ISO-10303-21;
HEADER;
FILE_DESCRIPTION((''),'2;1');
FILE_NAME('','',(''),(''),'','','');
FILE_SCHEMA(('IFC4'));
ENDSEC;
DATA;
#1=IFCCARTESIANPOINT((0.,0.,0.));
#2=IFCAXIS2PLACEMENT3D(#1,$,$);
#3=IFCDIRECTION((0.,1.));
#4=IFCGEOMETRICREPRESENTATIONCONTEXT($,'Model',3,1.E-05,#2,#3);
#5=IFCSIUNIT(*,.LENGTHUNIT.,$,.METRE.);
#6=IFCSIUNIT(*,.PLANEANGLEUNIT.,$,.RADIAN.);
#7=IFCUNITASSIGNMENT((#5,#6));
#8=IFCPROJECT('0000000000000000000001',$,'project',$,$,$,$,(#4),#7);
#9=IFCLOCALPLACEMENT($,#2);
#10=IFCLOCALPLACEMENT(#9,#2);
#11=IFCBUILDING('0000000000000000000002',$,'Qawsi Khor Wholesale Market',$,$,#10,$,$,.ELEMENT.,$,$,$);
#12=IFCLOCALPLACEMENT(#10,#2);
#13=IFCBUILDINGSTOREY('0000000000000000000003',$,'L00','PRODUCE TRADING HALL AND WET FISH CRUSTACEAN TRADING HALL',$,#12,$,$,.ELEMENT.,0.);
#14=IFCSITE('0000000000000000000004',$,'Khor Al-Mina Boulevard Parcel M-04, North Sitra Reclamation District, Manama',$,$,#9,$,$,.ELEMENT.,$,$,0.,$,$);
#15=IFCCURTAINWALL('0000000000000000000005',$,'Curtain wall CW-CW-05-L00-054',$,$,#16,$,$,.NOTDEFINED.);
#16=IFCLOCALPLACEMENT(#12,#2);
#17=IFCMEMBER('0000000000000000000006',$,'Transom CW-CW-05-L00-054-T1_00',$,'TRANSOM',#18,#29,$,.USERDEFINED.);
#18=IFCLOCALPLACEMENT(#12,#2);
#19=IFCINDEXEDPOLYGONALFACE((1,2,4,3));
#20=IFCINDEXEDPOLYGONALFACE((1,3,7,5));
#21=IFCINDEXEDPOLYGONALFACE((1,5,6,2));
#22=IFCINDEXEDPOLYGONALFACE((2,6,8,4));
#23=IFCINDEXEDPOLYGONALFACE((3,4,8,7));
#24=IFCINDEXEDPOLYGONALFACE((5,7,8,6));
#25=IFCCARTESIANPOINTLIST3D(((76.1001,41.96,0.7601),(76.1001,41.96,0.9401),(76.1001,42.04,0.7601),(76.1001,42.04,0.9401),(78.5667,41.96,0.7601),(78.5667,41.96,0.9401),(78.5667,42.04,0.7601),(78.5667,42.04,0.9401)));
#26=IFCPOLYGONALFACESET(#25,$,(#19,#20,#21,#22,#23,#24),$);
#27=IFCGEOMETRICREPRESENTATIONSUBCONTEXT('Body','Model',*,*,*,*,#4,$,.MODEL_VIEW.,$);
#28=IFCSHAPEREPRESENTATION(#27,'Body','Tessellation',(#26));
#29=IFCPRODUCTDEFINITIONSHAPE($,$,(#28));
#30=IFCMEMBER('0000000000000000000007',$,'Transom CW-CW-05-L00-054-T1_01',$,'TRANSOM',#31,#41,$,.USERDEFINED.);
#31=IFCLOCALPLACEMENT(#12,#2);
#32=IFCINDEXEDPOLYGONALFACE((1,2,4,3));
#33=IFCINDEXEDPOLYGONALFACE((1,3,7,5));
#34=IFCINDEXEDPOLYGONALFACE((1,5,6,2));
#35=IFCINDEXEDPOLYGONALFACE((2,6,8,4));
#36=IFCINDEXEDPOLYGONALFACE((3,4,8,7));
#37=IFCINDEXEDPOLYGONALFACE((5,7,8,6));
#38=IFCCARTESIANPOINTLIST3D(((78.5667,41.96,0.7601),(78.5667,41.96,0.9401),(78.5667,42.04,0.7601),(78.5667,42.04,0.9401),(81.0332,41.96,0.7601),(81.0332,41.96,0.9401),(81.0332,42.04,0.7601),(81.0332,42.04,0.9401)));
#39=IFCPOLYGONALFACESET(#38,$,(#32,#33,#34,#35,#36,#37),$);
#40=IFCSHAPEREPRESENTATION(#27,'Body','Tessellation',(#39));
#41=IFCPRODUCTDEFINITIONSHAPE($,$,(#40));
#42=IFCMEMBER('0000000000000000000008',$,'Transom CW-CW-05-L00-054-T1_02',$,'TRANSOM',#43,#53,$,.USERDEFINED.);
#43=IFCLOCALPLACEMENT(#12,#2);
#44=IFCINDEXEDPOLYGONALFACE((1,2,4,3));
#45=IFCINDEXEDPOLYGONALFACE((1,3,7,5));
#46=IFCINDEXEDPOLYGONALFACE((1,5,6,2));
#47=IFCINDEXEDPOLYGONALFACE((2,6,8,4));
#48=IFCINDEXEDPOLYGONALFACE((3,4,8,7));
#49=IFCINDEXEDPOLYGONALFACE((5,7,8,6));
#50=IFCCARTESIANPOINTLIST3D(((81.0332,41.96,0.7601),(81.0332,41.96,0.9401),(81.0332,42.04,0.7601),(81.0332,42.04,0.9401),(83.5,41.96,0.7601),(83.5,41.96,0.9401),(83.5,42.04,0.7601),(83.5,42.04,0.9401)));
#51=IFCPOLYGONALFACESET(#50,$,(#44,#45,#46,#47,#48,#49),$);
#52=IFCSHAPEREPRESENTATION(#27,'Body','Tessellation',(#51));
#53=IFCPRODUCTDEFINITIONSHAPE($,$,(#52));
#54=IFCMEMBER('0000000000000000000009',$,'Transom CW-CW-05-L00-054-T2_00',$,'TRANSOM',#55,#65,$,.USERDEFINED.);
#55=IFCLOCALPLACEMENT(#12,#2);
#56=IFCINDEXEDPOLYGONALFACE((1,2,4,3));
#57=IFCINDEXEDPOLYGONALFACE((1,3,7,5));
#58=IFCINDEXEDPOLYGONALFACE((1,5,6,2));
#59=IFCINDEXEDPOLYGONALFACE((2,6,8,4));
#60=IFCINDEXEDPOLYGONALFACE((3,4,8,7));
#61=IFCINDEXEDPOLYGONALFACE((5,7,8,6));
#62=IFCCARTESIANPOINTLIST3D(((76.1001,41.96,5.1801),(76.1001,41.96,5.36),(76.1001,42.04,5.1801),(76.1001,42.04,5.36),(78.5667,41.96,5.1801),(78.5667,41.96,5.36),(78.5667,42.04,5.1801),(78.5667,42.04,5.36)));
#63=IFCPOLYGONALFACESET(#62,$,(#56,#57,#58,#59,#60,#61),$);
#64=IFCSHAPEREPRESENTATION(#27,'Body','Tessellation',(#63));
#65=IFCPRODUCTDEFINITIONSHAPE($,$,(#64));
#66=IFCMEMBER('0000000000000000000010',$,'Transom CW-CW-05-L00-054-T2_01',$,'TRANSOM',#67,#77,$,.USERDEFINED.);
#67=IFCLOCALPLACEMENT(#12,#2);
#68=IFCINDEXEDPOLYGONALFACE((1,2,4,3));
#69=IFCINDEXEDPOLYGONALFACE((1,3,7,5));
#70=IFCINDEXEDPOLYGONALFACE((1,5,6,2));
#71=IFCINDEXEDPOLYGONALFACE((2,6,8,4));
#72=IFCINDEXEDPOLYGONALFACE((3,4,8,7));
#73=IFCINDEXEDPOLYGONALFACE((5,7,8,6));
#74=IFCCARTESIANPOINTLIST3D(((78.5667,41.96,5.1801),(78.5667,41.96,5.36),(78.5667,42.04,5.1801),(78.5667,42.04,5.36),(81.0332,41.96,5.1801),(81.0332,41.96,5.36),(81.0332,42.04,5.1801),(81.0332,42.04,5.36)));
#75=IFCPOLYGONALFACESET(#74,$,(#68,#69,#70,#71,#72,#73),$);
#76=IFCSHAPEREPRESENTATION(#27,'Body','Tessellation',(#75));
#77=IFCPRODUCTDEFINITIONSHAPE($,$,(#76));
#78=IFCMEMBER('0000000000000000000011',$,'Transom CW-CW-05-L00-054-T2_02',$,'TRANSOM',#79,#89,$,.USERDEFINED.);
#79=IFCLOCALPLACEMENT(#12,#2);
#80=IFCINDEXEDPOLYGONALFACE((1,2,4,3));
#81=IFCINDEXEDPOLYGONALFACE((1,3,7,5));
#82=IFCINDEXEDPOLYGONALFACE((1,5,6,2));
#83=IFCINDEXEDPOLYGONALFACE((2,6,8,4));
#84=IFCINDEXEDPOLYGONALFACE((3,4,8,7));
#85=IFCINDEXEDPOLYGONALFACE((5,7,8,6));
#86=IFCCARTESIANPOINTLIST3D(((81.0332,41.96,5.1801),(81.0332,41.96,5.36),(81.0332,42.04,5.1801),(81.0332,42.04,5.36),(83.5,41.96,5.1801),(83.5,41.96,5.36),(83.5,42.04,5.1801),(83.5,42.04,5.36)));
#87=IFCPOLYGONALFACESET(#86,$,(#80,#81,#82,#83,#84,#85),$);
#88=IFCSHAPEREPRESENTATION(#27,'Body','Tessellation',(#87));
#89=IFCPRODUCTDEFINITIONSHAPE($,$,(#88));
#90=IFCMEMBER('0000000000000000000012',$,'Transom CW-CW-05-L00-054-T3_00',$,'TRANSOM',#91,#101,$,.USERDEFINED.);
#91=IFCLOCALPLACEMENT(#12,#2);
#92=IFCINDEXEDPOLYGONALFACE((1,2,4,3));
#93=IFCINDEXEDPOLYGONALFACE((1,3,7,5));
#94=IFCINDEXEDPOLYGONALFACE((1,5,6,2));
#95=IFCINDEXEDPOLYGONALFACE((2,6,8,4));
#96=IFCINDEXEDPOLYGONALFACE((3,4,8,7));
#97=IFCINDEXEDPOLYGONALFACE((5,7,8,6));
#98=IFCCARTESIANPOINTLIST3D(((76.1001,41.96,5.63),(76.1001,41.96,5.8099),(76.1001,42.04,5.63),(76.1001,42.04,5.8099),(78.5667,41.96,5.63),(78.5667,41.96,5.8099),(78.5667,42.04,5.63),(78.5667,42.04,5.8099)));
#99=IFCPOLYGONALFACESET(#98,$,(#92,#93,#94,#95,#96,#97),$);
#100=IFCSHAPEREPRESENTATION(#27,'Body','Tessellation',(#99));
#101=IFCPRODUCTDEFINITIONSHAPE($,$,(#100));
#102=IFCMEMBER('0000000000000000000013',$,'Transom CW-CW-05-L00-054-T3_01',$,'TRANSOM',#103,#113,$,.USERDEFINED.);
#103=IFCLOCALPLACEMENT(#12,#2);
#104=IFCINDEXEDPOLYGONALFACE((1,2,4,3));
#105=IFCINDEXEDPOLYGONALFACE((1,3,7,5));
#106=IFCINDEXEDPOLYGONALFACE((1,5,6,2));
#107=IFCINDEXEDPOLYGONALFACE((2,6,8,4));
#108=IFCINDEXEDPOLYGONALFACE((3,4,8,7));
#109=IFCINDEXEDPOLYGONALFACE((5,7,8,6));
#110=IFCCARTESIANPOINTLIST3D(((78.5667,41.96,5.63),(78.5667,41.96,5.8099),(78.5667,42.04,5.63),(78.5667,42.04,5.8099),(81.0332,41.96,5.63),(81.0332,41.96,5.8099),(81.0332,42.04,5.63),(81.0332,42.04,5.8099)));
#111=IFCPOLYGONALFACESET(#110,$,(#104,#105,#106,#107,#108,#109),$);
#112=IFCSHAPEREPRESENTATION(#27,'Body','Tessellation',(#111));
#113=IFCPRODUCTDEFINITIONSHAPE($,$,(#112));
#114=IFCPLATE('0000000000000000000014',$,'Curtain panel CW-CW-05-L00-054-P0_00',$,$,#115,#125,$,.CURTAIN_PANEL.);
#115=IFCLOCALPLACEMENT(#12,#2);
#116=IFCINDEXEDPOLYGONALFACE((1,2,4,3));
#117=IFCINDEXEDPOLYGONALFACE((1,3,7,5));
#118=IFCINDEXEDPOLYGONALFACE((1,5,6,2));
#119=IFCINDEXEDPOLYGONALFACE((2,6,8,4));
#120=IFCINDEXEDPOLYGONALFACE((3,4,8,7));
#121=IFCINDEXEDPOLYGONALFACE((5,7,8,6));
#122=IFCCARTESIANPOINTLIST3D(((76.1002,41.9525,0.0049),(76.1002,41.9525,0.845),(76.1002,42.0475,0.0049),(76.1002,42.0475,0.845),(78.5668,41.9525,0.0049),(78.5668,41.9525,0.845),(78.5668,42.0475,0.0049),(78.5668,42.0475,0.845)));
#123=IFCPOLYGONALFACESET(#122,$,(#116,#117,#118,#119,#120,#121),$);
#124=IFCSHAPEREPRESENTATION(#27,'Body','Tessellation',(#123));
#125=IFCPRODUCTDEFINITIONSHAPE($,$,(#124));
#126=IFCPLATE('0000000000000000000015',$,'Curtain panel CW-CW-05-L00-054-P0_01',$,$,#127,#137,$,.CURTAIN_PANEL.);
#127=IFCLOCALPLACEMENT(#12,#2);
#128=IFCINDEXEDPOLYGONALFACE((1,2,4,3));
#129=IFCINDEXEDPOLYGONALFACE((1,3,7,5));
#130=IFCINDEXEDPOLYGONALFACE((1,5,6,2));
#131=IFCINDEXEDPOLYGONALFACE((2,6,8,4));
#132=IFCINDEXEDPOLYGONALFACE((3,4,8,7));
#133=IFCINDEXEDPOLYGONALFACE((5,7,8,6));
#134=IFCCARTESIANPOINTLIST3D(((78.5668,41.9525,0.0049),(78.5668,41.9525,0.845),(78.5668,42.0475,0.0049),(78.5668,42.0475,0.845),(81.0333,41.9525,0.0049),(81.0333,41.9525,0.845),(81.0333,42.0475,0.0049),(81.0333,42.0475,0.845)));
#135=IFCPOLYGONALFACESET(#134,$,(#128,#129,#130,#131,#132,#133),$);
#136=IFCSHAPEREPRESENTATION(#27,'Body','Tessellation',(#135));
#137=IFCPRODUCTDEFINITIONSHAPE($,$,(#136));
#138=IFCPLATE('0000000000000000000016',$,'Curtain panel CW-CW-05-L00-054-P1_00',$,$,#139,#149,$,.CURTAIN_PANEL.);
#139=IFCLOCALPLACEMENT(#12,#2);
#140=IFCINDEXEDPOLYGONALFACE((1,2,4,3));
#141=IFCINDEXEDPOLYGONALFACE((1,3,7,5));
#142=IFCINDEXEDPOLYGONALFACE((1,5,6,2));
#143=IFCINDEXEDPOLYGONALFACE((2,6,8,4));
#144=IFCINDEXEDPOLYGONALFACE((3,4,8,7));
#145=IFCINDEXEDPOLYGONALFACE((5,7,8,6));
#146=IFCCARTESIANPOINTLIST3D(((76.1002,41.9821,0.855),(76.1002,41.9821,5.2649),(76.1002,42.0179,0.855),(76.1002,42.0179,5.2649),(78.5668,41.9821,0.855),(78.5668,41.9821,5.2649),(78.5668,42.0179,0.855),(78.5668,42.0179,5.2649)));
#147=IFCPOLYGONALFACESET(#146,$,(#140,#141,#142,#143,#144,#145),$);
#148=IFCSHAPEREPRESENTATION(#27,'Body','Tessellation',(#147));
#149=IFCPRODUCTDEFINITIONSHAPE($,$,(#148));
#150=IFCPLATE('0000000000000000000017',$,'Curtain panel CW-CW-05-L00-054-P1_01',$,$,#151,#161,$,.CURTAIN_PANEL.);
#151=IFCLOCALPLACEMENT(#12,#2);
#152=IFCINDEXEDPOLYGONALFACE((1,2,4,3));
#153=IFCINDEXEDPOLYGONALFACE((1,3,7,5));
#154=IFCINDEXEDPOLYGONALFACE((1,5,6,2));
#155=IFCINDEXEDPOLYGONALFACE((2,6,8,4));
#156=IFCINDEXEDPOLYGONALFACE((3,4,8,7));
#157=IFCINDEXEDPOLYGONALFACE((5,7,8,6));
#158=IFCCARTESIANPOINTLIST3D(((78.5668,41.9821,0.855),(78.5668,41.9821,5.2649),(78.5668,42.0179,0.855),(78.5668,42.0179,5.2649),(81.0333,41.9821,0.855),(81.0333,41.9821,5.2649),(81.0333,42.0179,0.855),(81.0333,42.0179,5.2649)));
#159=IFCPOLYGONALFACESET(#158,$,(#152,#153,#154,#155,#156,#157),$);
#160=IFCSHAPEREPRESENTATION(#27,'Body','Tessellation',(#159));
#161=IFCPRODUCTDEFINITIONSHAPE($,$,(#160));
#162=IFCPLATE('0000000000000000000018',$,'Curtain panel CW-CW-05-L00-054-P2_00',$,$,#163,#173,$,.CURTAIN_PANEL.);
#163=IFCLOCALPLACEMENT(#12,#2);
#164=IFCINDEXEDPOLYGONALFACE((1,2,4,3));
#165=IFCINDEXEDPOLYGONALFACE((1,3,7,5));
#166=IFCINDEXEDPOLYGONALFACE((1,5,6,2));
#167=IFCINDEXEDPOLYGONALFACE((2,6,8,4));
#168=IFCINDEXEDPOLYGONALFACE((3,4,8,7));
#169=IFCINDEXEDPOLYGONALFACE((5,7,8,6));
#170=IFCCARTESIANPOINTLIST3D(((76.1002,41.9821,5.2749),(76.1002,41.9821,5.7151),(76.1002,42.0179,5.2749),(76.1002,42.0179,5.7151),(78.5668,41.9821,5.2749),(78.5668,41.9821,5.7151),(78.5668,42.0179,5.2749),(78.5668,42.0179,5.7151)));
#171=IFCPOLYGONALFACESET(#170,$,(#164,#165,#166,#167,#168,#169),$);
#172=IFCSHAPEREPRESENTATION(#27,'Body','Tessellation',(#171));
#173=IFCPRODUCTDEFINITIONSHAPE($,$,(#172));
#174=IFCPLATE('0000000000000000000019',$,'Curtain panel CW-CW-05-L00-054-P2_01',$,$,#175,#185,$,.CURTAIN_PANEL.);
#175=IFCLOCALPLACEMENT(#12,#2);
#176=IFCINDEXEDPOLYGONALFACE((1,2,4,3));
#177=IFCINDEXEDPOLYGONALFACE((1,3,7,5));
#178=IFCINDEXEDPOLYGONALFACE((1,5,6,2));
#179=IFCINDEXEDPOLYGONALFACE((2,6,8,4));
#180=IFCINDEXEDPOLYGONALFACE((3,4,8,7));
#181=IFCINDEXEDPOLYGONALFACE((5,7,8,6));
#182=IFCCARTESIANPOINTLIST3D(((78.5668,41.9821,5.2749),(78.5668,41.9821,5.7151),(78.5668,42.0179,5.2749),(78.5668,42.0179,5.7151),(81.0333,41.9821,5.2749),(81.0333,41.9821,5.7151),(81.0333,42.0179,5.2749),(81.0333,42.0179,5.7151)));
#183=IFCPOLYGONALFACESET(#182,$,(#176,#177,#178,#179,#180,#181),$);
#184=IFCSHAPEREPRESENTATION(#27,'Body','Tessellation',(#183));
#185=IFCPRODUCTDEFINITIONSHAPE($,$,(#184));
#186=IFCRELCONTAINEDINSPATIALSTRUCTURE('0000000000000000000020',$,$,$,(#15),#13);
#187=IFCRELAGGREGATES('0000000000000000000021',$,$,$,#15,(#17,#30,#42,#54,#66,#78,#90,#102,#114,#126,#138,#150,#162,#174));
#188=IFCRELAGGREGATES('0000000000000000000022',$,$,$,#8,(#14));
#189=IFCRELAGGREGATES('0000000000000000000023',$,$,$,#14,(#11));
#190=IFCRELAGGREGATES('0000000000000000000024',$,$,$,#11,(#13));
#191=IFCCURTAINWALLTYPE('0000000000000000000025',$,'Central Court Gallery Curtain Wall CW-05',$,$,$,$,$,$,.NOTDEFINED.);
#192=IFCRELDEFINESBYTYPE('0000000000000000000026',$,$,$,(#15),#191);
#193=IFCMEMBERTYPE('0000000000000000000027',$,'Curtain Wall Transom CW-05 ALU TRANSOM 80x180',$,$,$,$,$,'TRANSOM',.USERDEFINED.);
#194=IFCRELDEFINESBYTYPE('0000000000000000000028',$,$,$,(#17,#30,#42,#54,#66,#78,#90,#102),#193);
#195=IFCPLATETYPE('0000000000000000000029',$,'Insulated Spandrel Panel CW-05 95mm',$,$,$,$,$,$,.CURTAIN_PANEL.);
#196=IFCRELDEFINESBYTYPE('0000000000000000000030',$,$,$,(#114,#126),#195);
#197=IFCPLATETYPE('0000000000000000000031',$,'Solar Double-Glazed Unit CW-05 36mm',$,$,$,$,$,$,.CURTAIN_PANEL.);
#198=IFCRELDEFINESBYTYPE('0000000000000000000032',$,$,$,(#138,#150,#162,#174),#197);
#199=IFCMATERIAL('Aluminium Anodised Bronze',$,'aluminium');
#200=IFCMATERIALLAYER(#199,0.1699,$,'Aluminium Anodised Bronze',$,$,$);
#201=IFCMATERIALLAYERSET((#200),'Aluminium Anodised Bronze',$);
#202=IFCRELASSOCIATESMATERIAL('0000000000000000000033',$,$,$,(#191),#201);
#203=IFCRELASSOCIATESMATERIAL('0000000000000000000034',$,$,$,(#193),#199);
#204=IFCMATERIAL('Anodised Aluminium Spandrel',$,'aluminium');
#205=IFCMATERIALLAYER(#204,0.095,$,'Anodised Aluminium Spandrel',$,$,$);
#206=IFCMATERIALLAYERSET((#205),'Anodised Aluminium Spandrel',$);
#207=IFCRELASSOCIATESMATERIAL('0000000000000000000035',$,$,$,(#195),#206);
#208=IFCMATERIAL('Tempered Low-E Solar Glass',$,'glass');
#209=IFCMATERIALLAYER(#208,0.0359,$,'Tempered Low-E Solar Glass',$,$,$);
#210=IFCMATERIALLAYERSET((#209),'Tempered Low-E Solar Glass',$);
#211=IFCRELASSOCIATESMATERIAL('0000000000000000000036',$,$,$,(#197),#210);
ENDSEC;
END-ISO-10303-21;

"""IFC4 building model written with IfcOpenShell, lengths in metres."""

from ifc_helpers import new_model, si_unit, direction, frame, frame_2d, origin, origin_2d, place, context, subcontext, project, spatial, rectangle, extrude, material, layer, layer_set, material_profile, profile_set, type_object, element, aggregate, save


model = new_model("IFC4")

# Units and contexts
model_context = context("Model", 3, precision=1e-05, world=origin(), true_north=direction((0.0, 1.0)))
body_context = subcontext(model_context, "Body", "Model", "MODEL_VIEW")
ifc_project = project(units=[si_unit("LENGTHUNIT", "METRE"), si_unit("PLANEANGLEUNIT", "RADIAN")], contexts=[model_context])

# Site, building, storey
site_placement = place(None, origin())
site = spatial("IfcSite", under=ifc_project, at=site_placement, Name="Khor Al-Mina Boulevard Parcel M-04, North Sitra Reclamation District, Manama", CompositionType="ELEMENT", RefElevation=0.0)
building_placement = place(site_placement, origin())
building = spatial("IfcBuilding", under=site, at=building_placement, Name="Qawsi Khor Wholesale Market", CompositionType="ELEMENT")
storey_placement = place(building_placement, origin())
storey = spatial("IfcBuildingStorey", under=building, at=storey_placement, Name="L00", Description="PRODUCE TRADING HALL AND WET FISH CRUSTACEAN TRADING HALL", CompositionType="ELEMENT", Elevation=0.0)

# Curtain wall, members, plates
ifc_material_1 = material(Name="Aluminium Anodised Bronze", Category="aluminium")
ifc_layer_1 = layer(ifc_material_1, 0.1699, Name="Aluminium Anodised Bronze")
ifc_layer_set_1 = layer_set([ifc_layer_1], Name="Aluminium Anodised Bronze")
curtain_wall_type = type_object("IfcCurtainWallType", Name="Central Court Gallery Curtain Wall CW-05", PredefinedType="NOTDEFINED", material=ifc_layer_set_1)
curtain_wall_placement = place(storey_placement, origin())
curtain_wall = element("IfcCurtainWall", 1, at=curtain_wall_placement, inside=storey, type_object=curtain_wall_type, Name="Curtain wall CW-CW-05-L00-054", PredefinedType="NOTDEFINED")
ifc_material_profile_1 = material_profile(ifc_material_1, rectangle(XDim=0.0801, YDim=0.1799, at=origin_2d()), Name="ALU TRANSOM 80x180")
ifc_profile_set_1 = profile_set([ifc_material_profile_1], Name="Aluminium Anodised Bronze")
member_type_1 = type_object("IfcMemberType", Name="Curtain Wall Transom CW-05 ALU TRANSOM 80x180", ElementType="TRANSOM", PredefinedType="USERDEFINED", material=ifc_profile_set_1)
member_1_placement = place(storey_placement, frame((76.1001, 42.0, 0.8501), z_axis=(1.0, 0.0, 0.0), x_axis=(0.0, 1.0, 0.0)))
member_1 = element("IfcMember", 2, at=member_1_placement, type_object=member_type_1, Name="Transom CW-CW-05-L00-054-T1_00", ObjectType="TRANSOM", PredefinedType="USERDEFINED", context=body_context, shape_type="SweptSolid", body=[
    extrude(rectangle(XDim=0.0801, YDim=0.1799, at=origin_2d()), origin(), (0.0, 0.0, 1.0), 2.4666),
])
member_2_placement = place(storey_placement, frame((78.5667, 42.0, 0.8501), z_axis=(1.0, 0.0, 0.0), x_axis=(0.0, 1.0, 0.0)))
member_2 = element("IfcMember", 3, at=member_2_placement, type_object=member_type_1, Name="Transom CW-CW-05-L00-054-T1_01", ObjectType="TRANSOM", PredefinedType="USERDEFINED", context=body_context, shape_type="SweptSolid", body=[
    extrude(rectangle(XDim=0.0801, YDim=0.1799, at=origin_2d()), origin(), (0.0, 0.0, 1.0), 2.4666),
])
member_3_placement = place(storey_placement, frame((81.0332, 42.0, 0.8501), z_axis=(1.0, 0.0, 0.0), x_axis=(0.0, 1.0, 0.0)))
member_3 = element("IfcMember", 4, at=member_3_placement, type_object=member_type_1, Name="Transom CW-CW-05-L00-054-T1_02", ObjectType="TRANSOM", PredefinedType="USERDEFINED", context=body_context, shape_type="SweptSolid", body=[
    extrude(rectangle(XDim=0.0801, YDim=0.1799, at=origin_2d()), origin(), (0.0, 0.0, 1.0), 2.4668),
])
member_4_placement = place(storey_placement, frame((76.1001, 42.0, 5.27), z_axis=(1.0, 0.0, 0.0), x_axis=(0.0, 1.0, 0.0)))
member_4 = element("IfcMember", 5, at=member_4_placement, type_object=member_type_1, Name="Transom CW-CW-05-L00-054-T2_00", ObjectType="TRANSOM", PredefinedType="USERDEFINED", context=body_context, shape_type="SweptSolid", body=[
    extrude(rectangle(XDim=0.0801, YDim=0.1799, at=origin_2d()), origin(), (0.0, 0.0, 1.0), 2.4666),
])
member_5_placement = place(storey_placement, frame((78.5667, 42.0, 5.27), z_axis=(1.0, 0.0, 0.0), x_axis=(0.0, 1.0, 0.0)))
member_5 = element("IfcMember", 6, at=member_5_placement, type_object=member_type_1, Name="Transom CW-CW-05-L00-054-T2_01", ObjectType="TRANSOM", PredefinedType="USERDEFINED", context=body_context, shape_type="SweptSolid", body=[
    extrude(rectangle(XDim=0.0801, YDim=0.1799, at=origin_2d()), origin(), (0.0, 0.0, 1.0), 2.4666),
])
member_6_placement = place(storey_placement, frame((81.0332, 42.0, 5.27), z_axis=(1.0, 0.0, 0.0), x_axis=(0.0, 1.0, 0.0)))
member_6 = element("IfcMember", 7, at=member_6_placement, type_object=member_type_1, Name="Transom CW-CW-05-L00-054-T2_02", ObjectType="TRANSOM", PredefinedType="USERDEFINED", context=body_context, shape_type="SweptSolid", body=[
    extrude(rectangle(XDim=0.0801, YDim=0.1799, at=origin_2d()), origin(), (0.0, 0.0, 1.0), 2.4668),
])
member_7_placement = place(storey_placement, frame((76.1001, 42.0, 5.72), z_axis=(1.0, 0.0, 0.0), x_axis=(0.0, 1.0, 0.0)))
member_7 = element("IfcMember", 8, at=member_7_placement, type_object=member_type_1, Name="Transom CW-CW-05-L00-054-T3_00", ObjectType="TRANSOM", PredefinedType="USERDEFINED", context=body_context, shape_type="SweptSolid", body=[
    extrude(rectangle(XDim=0.0801, YDim=0.1799, at=origin_2d()), origin(), (0.0, 0.0, 1.0), 2.4666),
])
member_8_placement = place(storey_placement, frame((78.5667, 42.0, 5.72), z_axis=(1.0, 0.0, 0.0), x_axis=(0.0, 1.0, 0.0)))
member_8 = element("IfcMember", 9, at=member_8_placement, type_object=member_type_1, Name="Transom CW-CW-05-L00-054-T3_01", ObjectType="TRANSOM", PredefinedType="USERDEFINED", context=body_context, shape_type="SweptSolid", body=[
    extrude(rectangle(XDim=0.0801, YDim=0.1799, at=origin_2d()), origin(), (0.0, 0.0, 1.0), 2.4666),
])
ifc_material_2 = material(Name="Anodised Aluminium Spandrel", Category="aluminium")
ifc_layer_2 = layer(ifc_material_2, 0.095, Name="Anodised Aluminium Spandrel")
ifc_layer_set_2 = layer_set([ifc_layer_2], Name="Anodised Aluminium Spandrel")
plate_type_1 = type_object("IfcPlateType", Name="Insulated Spandrel Panel CW-05 95mm", PredefinedType="CURTAIN_PANEL", material=ifc_layer_set_2)
plate_1_placement = place(storey_placement, frame((76.1001, 42.0, 0.0049), z_axis=(0.0, 0.0, 1.0), x_axis=(1.0, 0.0, 0.0)))
plate_1 = element("IfcPlate", 10, at=plate_1_placement, type_object=plate_type_1, Name="Curtain panel CW-CW-05-L00-054-P0_00", PredefinedType="CURTAIN_PANEL", context=body_context, shape_type="SweptSolid", body=[
    extrude(rectangle(XDim=2.4666, YDim=0.095, at=frame_2d((1.2334, 0.0))), origin(), (0.0, 0.0, 1.0), 0.8401),
])
plate_2_placement = place(storey_placement, frame((78.5667, 42.0, 0.0049), z_axis=(0.0, 0.0, 1.0), x_axis=(1.0, 0.0, 0.0)))
plate_2 = element("IfcPlate", 11, at=plate_2_placement, type_object=plate_type_1, Name="Curtain panel CW-CW-05-L00-054-P0_01", PredefinedType="CURTAIN_PANEL", context=body_context, shape_type="SweptSolid", body=[
    extrude(rectangle(XDim=2.4666, YDim=0.095, at=frame_2d((1.2334, 0.0))), origin(), (0.0, 0.0, 1.0), 0.8401),
])
ifc_material_3 = material(Name="Tempered Low-E Solar Glass", Category="glass")
ifc_layer_3 = layer(ifc_material_3, 0.0359, Name="Tempered Low-E Solar Glass")
ifc_layer_set_3 = layer_set([ifc_layer_3], Name="Tempered Low-E Solar Glass")
plate_type_2 = type_object("IfcPlateType", Name="Solar Double-Glazed Unit CW-05 36mm", PredefinedType="CURTAIN_PANEL", material=ifc_layer_set_3)
plate_3_placement = place(storey_placement, frame((76.1001, 42.0, 0.855), z_axis=(0.0, 0.0, 1.0), x_axis=(1.0, 0.0, 0.0)))
plate_3 = element("IfcPlate", 12, at=plate_3_placement, type_object=plate_type_2, Name="Curtain panel CW-CW-05-L00-054-P1_00", PredefinedType="CURTAIN_PANEL", context=body_context, shape_type="SweptSolid", body=[
    extrude(rectangle(XDim=2.4666, YDim=0.0359, at=frame_2d((1.2334, 0.0))), origin(), (0.0, 0.0, 1.0), 4.4099),
])
plate_4_placement = place(storey_placement, frame((78.5667, 42.0, 0.855), z_axis=(0.0, 0.0, 1.0), x_axis=(1.0, 0.0, 0.0)))
plate_4 = element("IfcPlate", 13, at=plate_4_placement, type_object=plate_type_2, Name="Curtain panel CW-CW-05-L00-054-P1_01", PredefinedType="CURTAIN_PANEL", context=body_context, shape_type="SweptSolid", body=[
    extrude(rectangle(XDim=2.4666, YDim=0.0359, at=frame_2d((1.2334, 0.0))), origin(), (0.0, 0.0, 1.0), 4.4099),
])
plate_5_placement = place(storey_placement, frame((76.1001, 42.0, 5.2749), z_axis=(0.0, 0.0, 1.0), x_axis=(1.0, 0.0, 0.0)))
plate_5 = element("IfcPlate", 14, at=plate_5_placement, type_object=plate_type_2, Name="Curtain panel CW-CW-05-L00-054-P2_00", PredefinedType="CURTAIN_PANEL", context=body_context, shape_type="SweptSolid", body=[
    extrude(rectangle(XDim=2.4666, YDim=0.0359, at=frame_2d((1.2334, 0.0))), origin(), (0.0, 0.0, 1.0), 0.4402),
])
plate_6_placement = place(storey_placement, frame((78.5667, 42.0, 5.2749), z_axis=(0.0, 0.0, 1.0), x_axis=(1.0, 0.0, 0.0)))
plate_6 = element("IfcPlate", 15, at=plate_6_placement, type_object=plate_type_2, Name="Curtain panel CW-CW-05-L00-054-P2_01", PredefinedType="CURTAIN_PANEL", context=body_context, shape_type="SweptSolid", body=[
    extrude(rectangle(XDim=2.4666, YDim=0.0359, at=frame_2d((1.2334, 0.0))), origin(), (0.0, 0.0, 1.0), 0.4402),
])
aggregate(curtain_wall, [member_1, member_2, member_3, member_4, member_5, member_6, member_7, member_8, plate_1, plate_2, plate_3, plate_4, plate_5, plate_6])

save(model, "model.ifc")
